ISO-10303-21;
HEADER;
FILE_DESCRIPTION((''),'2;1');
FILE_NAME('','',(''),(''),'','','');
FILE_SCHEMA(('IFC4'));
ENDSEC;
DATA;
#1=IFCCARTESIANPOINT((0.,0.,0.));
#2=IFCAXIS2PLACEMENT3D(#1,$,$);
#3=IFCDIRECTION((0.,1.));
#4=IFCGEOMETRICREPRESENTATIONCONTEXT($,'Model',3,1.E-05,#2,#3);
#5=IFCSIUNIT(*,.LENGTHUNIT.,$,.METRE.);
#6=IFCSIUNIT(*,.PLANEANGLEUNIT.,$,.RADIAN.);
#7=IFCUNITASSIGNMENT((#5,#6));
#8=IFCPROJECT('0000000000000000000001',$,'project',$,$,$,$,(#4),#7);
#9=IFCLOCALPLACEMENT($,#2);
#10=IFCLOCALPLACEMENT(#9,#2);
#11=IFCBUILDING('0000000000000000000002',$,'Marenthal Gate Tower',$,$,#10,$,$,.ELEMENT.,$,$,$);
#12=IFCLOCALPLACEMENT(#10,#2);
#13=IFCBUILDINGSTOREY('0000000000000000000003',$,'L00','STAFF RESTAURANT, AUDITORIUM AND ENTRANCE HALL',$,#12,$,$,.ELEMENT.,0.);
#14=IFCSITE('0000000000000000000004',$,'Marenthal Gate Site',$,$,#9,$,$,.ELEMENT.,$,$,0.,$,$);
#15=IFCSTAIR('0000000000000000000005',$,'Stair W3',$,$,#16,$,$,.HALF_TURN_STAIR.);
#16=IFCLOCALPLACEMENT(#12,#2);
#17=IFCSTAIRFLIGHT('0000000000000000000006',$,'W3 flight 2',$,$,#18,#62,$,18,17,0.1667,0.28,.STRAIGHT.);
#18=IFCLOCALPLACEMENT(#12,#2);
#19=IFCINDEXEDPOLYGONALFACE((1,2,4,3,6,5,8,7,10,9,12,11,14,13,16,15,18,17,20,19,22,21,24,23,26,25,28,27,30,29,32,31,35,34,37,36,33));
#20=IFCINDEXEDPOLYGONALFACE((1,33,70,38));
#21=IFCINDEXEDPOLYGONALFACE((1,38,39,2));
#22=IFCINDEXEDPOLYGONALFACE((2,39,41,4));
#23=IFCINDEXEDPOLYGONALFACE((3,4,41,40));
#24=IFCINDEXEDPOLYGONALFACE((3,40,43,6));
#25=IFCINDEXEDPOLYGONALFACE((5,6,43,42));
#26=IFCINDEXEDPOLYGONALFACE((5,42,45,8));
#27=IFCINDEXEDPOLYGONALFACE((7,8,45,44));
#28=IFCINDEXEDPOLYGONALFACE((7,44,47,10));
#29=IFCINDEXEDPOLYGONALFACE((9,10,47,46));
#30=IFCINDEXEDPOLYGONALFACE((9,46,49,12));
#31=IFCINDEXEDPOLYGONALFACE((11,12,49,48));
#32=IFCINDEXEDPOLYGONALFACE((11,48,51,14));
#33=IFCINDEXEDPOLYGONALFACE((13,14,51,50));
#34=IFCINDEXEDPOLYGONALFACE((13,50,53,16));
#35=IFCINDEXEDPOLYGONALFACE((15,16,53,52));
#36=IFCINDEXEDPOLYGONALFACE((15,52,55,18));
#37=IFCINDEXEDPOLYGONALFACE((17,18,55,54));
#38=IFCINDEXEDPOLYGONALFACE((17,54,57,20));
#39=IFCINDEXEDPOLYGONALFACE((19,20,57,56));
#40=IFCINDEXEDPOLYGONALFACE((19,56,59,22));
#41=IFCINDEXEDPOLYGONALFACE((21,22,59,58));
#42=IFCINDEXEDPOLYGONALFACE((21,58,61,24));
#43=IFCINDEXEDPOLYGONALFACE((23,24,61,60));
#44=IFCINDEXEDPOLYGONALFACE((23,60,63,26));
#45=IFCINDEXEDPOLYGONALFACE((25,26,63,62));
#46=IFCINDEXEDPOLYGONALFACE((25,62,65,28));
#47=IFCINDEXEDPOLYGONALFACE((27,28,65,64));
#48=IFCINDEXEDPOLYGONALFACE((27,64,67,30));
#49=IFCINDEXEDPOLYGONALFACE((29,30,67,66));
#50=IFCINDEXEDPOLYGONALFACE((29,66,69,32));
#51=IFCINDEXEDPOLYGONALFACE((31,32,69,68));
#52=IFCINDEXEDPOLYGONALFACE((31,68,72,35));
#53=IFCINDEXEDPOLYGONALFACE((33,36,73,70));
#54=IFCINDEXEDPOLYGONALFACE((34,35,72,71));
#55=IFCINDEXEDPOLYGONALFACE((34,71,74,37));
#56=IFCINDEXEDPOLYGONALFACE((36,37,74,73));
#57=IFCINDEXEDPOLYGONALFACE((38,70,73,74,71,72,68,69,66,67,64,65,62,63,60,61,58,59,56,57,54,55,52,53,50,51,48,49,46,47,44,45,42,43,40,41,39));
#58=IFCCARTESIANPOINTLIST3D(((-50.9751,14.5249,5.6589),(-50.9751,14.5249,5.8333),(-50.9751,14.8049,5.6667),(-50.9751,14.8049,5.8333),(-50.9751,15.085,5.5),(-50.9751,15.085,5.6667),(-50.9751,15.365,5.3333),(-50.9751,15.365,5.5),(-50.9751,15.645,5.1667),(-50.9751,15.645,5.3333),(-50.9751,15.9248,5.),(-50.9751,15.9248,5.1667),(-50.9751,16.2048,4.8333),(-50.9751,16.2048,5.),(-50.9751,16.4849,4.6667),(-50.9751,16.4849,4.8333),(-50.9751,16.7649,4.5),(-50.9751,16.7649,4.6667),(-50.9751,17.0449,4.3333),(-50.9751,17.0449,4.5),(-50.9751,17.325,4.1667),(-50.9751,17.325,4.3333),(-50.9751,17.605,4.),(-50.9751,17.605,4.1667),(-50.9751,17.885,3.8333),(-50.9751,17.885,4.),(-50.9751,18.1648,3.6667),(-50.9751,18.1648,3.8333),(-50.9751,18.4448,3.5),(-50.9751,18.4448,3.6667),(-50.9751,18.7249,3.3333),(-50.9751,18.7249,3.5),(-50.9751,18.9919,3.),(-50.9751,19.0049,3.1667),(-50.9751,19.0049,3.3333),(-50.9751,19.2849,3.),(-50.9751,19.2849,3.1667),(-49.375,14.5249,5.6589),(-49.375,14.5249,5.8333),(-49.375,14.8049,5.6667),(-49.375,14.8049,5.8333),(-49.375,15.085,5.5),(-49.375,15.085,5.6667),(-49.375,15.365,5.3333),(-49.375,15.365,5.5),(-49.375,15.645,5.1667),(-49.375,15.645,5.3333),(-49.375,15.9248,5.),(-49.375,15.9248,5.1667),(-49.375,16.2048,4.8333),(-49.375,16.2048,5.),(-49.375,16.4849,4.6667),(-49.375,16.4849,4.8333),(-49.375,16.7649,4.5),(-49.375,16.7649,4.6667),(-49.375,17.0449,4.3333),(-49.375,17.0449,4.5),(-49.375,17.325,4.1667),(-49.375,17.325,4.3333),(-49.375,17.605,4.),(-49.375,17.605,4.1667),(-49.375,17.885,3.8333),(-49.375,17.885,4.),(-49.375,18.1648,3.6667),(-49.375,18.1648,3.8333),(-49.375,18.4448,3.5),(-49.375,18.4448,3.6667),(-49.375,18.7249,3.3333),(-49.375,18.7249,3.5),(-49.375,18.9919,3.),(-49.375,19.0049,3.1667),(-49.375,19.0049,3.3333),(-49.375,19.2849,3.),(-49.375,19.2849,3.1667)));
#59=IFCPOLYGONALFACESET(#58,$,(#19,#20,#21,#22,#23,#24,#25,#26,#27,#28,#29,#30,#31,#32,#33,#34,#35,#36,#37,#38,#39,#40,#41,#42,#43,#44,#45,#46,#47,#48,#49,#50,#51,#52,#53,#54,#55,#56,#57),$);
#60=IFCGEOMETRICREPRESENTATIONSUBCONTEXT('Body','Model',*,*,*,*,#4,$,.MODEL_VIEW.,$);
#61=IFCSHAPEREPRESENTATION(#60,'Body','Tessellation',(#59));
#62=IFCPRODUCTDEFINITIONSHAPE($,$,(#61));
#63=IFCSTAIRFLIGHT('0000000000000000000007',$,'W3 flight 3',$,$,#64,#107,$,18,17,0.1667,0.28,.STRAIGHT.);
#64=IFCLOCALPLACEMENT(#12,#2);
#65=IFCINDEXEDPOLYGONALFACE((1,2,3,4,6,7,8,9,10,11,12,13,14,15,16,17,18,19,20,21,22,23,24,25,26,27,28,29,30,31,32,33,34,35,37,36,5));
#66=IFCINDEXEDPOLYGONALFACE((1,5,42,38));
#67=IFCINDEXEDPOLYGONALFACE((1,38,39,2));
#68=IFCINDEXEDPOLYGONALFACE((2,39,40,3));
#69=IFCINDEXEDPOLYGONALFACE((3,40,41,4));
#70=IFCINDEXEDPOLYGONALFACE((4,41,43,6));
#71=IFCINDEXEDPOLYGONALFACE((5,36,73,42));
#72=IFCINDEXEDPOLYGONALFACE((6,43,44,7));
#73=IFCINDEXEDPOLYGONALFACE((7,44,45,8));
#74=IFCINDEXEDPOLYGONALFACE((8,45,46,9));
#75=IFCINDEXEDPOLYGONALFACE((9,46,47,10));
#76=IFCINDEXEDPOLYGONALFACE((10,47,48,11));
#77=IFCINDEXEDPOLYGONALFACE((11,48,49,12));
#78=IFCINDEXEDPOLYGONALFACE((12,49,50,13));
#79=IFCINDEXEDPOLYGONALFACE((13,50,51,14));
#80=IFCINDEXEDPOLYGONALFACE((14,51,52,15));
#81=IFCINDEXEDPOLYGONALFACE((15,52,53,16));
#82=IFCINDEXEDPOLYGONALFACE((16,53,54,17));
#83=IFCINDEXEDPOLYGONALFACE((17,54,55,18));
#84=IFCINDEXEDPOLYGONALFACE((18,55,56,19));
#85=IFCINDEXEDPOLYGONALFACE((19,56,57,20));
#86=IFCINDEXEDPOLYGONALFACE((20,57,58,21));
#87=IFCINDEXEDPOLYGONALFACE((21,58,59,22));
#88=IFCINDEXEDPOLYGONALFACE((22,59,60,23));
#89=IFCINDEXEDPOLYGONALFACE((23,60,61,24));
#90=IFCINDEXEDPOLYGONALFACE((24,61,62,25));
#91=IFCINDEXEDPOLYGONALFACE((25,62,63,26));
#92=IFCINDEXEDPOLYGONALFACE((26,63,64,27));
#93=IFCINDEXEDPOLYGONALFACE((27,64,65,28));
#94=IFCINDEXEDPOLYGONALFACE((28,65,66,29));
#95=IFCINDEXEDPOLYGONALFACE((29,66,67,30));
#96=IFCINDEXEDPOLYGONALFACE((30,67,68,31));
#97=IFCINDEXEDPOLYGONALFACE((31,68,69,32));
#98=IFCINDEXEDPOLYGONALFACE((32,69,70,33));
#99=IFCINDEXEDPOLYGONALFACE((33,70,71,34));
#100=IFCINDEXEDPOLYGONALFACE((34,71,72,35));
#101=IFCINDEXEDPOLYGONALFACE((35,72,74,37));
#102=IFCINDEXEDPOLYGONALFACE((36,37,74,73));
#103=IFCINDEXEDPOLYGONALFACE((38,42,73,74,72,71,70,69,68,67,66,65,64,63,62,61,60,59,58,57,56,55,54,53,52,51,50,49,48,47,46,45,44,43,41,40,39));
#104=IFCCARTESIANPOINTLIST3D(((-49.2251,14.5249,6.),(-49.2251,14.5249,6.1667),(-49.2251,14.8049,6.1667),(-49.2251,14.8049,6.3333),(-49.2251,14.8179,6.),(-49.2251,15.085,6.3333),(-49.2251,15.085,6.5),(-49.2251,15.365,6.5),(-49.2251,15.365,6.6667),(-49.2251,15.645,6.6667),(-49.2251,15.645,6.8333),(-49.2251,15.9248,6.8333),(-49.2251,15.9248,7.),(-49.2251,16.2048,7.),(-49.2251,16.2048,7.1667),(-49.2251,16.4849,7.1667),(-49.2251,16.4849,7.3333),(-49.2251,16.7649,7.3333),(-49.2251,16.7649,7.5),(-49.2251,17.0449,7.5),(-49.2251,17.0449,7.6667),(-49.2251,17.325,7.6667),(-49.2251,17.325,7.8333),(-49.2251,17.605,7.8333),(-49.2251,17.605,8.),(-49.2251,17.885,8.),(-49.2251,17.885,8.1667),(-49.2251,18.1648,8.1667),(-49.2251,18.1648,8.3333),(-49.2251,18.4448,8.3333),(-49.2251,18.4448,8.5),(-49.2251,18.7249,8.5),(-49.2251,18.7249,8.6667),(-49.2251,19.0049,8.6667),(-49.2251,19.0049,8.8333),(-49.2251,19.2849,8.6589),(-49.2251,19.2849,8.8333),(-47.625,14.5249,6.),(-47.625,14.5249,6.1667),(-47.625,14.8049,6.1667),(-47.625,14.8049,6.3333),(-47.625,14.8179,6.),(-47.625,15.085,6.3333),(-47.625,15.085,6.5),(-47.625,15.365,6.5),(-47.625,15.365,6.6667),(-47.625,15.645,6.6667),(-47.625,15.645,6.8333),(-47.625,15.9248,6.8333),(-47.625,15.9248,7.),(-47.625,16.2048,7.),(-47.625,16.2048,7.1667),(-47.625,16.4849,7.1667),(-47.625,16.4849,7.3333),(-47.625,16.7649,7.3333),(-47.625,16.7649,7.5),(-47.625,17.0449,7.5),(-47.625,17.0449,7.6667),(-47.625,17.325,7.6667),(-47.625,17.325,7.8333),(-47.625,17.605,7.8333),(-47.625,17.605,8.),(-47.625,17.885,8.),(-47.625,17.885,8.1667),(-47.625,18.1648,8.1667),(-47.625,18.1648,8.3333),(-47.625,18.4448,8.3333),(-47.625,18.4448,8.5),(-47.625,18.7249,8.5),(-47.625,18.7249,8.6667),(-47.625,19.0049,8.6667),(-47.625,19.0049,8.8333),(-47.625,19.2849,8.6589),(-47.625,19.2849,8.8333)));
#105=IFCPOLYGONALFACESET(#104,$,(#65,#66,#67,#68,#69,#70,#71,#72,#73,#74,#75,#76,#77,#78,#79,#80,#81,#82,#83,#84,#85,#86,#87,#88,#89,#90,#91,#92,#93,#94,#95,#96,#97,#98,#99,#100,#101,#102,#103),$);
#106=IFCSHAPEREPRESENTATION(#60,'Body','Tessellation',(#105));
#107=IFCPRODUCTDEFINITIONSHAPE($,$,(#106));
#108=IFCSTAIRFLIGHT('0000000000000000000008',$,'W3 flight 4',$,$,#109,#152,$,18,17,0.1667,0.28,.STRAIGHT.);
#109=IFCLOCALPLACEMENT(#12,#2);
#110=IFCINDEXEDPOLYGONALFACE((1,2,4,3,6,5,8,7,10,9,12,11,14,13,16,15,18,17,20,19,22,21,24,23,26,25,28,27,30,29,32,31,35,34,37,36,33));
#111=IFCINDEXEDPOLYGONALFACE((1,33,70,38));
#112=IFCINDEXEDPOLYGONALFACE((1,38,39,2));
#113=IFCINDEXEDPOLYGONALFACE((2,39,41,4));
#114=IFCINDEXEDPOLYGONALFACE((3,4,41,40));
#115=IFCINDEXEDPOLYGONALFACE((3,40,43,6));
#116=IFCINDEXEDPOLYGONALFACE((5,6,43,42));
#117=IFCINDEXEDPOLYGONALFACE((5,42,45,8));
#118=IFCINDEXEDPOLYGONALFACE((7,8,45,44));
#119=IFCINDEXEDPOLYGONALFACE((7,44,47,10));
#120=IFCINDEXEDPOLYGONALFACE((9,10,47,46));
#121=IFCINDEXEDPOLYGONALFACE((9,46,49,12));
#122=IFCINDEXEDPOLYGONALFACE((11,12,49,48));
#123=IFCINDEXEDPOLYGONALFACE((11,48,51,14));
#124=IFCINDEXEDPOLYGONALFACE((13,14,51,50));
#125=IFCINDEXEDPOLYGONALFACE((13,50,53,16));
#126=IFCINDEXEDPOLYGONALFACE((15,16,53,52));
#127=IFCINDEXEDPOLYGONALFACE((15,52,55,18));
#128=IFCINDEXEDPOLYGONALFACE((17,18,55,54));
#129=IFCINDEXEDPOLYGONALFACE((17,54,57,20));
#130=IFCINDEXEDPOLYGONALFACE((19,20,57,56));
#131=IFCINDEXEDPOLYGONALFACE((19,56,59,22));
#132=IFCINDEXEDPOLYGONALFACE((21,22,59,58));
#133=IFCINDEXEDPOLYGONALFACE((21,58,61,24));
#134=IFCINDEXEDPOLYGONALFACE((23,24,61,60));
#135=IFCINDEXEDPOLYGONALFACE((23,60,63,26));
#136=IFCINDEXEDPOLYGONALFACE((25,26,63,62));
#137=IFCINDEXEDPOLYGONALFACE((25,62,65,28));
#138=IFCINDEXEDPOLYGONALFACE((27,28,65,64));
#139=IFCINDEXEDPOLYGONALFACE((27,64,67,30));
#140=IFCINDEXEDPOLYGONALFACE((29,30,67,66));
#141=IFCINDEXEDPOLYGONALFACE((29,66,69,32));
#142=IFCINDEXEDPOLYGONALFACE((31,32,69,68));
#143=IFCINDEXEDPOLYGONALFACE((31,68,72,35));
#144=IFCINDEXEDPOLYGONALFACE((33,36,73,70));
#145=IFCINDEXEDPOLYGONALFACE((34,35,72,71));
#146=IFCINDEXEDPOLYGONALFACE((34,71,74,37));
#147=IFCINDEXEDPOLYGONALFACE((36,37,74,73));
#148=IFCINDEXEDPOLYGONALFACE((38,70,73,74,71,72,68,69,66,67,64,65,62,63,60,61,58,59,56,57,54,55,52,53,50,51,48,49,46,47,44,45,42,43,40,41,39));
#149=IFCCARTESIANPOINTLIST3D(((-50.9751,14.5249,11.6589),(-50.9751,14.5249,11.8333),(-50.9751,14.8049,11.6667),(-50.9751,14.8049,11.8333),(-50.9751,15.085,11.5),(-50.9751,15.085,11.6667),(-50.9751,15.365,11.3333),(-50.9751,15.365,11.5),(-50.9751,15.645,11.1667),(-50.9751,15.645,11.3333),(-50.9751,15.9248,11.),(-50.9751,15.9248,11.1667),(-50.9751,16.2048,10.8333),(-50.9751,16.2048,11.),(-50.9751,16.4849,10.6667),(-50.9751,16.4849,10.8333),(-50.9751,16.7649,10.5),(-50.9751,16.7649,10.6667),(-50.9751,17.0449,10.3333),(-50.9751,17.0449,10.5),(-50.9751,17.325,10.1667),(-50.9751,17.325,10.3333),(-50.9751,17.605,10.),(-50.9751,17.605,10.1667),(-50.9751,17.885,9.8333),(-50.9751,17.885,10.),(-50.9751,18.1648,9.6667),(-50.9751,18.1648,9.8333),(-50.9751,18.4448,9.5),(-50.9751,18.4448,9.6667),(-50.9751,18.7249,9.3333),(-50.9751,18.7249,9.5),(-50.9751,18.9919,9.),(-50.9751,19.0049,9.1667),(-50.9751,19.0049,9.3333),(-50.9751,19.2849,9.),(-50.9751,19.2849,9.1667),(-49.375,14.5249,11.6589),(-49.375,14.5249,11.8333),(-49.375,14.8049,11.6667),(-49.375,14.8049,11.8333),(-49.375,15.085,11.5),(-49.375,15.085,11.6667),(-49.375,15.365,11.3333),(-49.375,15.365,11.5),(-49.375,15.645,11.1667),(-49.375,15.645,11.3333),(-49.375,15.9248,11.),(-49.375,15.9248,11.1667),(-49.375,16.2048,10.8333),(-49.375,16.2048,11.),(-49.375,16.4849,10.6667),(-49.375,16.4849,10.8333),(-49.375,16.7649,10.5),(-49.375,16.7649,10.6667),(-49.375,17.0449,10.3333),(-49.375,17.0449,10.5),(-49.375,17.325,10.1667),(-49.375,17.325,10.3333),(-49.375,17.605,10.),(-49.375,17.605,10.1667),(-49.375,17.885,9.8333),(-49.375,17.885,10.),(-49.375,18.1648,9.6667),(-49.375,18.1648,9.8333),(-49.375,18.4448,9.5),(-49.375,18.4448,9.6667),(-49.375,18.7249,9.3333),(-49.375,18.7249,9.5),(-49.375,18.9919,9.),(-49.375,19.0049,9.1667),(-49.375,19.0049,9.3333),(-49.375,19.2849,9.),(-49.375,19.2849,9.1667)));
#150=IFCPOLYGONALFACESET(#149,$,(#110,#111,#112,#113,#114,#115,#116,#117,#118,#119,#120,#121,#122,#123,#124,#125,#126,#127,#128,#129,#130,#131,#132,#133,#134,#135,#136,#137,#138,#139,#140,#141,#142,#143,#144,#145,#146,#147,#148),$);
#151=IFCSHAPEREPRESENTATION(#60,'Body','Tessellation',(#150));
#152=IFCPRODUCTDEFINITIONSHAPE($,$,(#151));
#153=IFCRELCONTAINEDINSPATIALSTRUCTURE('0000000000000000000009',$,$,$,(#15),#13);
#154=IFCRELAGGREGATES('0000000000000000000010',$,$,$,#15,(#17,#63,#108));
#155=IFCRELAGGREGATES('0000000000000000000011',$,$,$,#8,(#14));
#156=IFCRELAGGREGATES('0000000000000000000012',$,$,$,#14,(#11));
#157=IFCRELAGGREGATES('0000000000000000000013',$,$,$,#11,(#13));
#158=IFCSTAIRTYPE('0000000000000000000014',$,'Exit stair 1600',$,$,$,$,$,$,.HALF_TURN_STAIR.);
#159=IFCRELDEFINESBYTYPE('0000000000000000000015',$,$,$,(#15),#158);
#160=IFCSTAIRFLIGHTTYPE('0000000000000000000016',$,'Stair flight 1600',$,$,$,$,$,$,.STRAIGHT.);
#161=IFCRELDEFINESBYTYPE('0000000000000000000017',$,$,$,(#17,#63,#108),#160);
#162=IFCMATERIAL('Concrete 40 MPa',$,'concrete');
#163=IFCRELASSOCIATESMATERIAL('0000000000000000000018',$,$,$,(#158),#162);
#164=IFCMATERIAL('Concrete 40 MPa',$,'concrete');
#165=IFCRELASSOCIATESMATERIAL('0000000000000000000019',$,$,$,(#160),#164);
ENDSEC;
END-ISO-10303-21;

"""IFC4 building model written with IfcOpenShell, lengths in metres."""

from ifc_helpers import new_model, si_unit, direction, frame, origin, place, context, subcontext, project, spatial, polyline, outline, extrude, material, type_object, element, aggregate, save


model = new_model("IFC4")

# Units and contexts
model_context = context("Model", 3, precision=1e-05, world=origin(), true_north=direction((0.0, 1.0)))
body_context = subcontext(model_context, "Body", "Model", "MODEL_VIEW")
ifc_project = project(units=[si_unit("LENGTHUNIT", "METRE"), si_unit("PLANEANGLEUNIT", "RADIAN")], contexts=[model_context])

# Site, building, storey
site_placement = place(None, origin())
site = spatial("IfcSite", under=ifc_project, at=site_placement, Name="Marenthal Gate Site", CompositionType="ELEMENT", RefElevation=0.0)
building_placement = place(site_placement, origin())
building = spatial("IfcBuilding", under=site, at=building_placement, Name="Marenthal Gate Tower", CompositionType="ELEMENT")
storey_placement = place(building_placement, origin())
storey = spatial("IfcBuildingStorey", under=building, at=storey_placement, Name="L00", Description="STAFF RESTAURANT, AUDITORIUM AND ENTRANCE HALL", CompositionType="ELEMENT", Elevation=0.0)

# Stair, stair flights
ifc_material_1 = material(Name="Concrete 40 MPa", Category="concrete")
stair_type = type_object("IfcStairType", Name="Exit stair 1600", PredefinedType="HALF_TURN_STAIR", material=ifc_material_1)
stair_placement = place(storey_placement, origin())
stair = element("IfcStair", 1, at=stair_placement, inside=storey, type_object=stair_type, Name="Stair W3", PredefinedType="HALF_TURN_STAIR")
ifc_material_2 = material(Name="Concrete 40 MPa", Category="concrete")
stair_flight_type = type_object("IfcStairFlightType", Name="Stair flight 1600", PredefinedType="STRAIGHT", material=ifc_material_2)
stair_flight_1_placement = place(storey_placement, frame((-50.175, 19.2849, 3.0), z_axis=(0.0, 0.0, 1.0), x_axis=(0.0, -1.0, 0.0)))
stair_flight_1 = element("IfcStairFlight", 2, at=stair_flight_1_placement, type_object=stair_flight_type, Name="W3 flight 2", NumberOfRisers=18, NumberOfTreads=17, PredefinedType="STRAIGHT", RiserHeight=0.1667, TreadLength=0.28, context=body_context, shape_type="SweptSolid", body=[
    extrude(outline(polyline([(0.0, 0.0), (0.0, 0.1667), (0.28, 0.1667), (0.28, 0.3333), (0.5601, 0.3333), (0.5601, 0.5), (0.8401, 0.5), (0.8401, 0.6667), (1.1201, 0.6667), (1.1201, 0.8333), (1.3999, 0.8333), (1.3999, 1.0), (1.6799, 1.0), (1.6799, 1.1667), (1.96, 1.1667), (1.96, 1.3333), (2.24, 1.3333), (2.24, 1.5), (2.52, 1.5), (2.52, 1.6667), (2.8, 1.6667), (2.8, 1.8333), (3.0801, 1.8333), (3.0801, 2.0), (3.3601, 2.0), (3.3601, 2.1667), (3.6399, 2.1667), (3.6399, 2.3333), (3.9199, 2.3333), (3.9199, 2.5), (4.2, 2.5), (4.2, 2.6667), (4.48, 2.6667), (4.48, 2.8333), (4.76, 2.8333), (4.76, 3.0), (4.76, 2.6589), (0.293, 0.0), (0.0, 0.0)])), frame((0.0, 0.8, 0.0), z_axis=(0.0, -1.0, 0.0), x_axis=(1.0, 0.0, 0.0)), (0.0, 0.0, 1.0), 1.6001),
])
stair_flight_2_placement = place(storey_placement, frame((-48.425, 14.5249, 6.0), z_axis=(0.0, 0.0, 1.0), x_axis=(0.0, 1.0, 0.0)))
stair_flight_2 = element("IfcStairFlight", 3, at=stair_flight_2_placement, type_object=stair_flight_type, Name="W3 flight 3", NumberOfRisers=18, NumberOfTreads=17, PredefinedType="STRAIGHT", RiserHeight=0.1667, TreadLength=0.28, context=body_context, shape_type="SweptSolid", body=[
    extrude(outline(polyline([(0.0, 0.0), (0.0, 0.1667), (0.28, 0.1667), (0.28, 0.3333), (0.5601, 0.3333), (0.5601, 0.5), (0.8401, 0.5), (0.8401, 0.6667), (1.1201, 0.6667), (1.1201, 0.8333), (1.3999, 0.8333), (1.3999, 1.0), (1.6799, 1.0), (1.6799, 1.1667), (1.96, 1.1667), (1.96, 1.3333), (2.24, 1.3333), (2.24, 1.5), (2.52, 1.5), (2.52, 1.6667), (2.8, 1.6667), (2.8, 1.8333), (3.0801, 1.8333), (3.0801, 2.0), (3.3601, 2.0), (3.3601, 2.1667), (3.6399, 2.1667), (3.6399, 2.3333), (3.9199, 2.3333), (3.9199, 2.5), (4.2, 2.5), (4.2, 2.6667), (4.48, 2.6667), (4.48, 2.8333), (4.76, 2.8333), (4.76, 3.0), (4.76, 2.6589), (0.293, 0.0), (0.0, 0.0)])), frame((0.0, 0.8, 0.0), z_axis=(0.0, -1.0, 0.0), x_axis=(1.0, 0.0, 0.0)), (0.0, 0.0, 1.0), 1.6001),
])
stair_flight_3_placement = place(storey_placement, frame((-50.175, 19.2849, 9.0), z_axis=(0.0, 0.0, 1.0), x_axis=(0.0, -1.0, 0.0)))
stair_flight_3 = element("IfcStairFlight", 4, at=stair_flight_3_placement, type_object=stair_flight_type, Name="W3 flight 4", NumberOfRisers=18, NumberOfTreads=17, PredefinedType="STRAIGHT", RiserHeight=0.1667, TreadLength=0.28, context=body_context, shape_type="SweptSolid", body=[
    extrude(outline(polyline([(0.0, 0.0), (0.0, 0.1667), (0.28, 0.1667), (0.28, 0.3333), (0.5601, 0.3333), (0.5601, 0.5), (0.8401, 0.5), (0.8401, 0.6667), (1.1201, 0.6667), (1.1201, 0.8333), (1.3999, 0.8333), (1.3999, 1.0), (1.6799, 1.0), (1.6799, 1.1667), (1.96, 1.1667), (1.96, 1.3333), (2.24, 1.3333), (2.24, 1.5), (2.52, 1.5), (2.52, 1.6667), (2.8, 1.6667), (2.8, 1.8333), (3.0801, 1.8333), (3.0801, 2.0), (3.3601, 2.0), (3.3601, 2.1667), (3.6399, 2.1667), (3.6399, 2.3333), (3.9199, 2.3333), (3.9199, 2.5), (4.2, 2.5), (4.2, 2.6667), (4.48, 2.6667), (4.48, 2.8333), (4.76, 2.8333), (4.76, 3.0), (4.76, 2.6589), (0.293, 0.0), (0.0, 0.0)])), frame((0.0, 0.8, 0.0), z_axis=(0.0, -1.0, 0.0), x_axis=(1.0, 0.0, 0.0)), (0.0, 0.0, 1.0), 1.6001),
])
aggregate(stair, [stair_flight_1, stair_flight_2, stair_flight_3])

save(model, "model.ifc")
